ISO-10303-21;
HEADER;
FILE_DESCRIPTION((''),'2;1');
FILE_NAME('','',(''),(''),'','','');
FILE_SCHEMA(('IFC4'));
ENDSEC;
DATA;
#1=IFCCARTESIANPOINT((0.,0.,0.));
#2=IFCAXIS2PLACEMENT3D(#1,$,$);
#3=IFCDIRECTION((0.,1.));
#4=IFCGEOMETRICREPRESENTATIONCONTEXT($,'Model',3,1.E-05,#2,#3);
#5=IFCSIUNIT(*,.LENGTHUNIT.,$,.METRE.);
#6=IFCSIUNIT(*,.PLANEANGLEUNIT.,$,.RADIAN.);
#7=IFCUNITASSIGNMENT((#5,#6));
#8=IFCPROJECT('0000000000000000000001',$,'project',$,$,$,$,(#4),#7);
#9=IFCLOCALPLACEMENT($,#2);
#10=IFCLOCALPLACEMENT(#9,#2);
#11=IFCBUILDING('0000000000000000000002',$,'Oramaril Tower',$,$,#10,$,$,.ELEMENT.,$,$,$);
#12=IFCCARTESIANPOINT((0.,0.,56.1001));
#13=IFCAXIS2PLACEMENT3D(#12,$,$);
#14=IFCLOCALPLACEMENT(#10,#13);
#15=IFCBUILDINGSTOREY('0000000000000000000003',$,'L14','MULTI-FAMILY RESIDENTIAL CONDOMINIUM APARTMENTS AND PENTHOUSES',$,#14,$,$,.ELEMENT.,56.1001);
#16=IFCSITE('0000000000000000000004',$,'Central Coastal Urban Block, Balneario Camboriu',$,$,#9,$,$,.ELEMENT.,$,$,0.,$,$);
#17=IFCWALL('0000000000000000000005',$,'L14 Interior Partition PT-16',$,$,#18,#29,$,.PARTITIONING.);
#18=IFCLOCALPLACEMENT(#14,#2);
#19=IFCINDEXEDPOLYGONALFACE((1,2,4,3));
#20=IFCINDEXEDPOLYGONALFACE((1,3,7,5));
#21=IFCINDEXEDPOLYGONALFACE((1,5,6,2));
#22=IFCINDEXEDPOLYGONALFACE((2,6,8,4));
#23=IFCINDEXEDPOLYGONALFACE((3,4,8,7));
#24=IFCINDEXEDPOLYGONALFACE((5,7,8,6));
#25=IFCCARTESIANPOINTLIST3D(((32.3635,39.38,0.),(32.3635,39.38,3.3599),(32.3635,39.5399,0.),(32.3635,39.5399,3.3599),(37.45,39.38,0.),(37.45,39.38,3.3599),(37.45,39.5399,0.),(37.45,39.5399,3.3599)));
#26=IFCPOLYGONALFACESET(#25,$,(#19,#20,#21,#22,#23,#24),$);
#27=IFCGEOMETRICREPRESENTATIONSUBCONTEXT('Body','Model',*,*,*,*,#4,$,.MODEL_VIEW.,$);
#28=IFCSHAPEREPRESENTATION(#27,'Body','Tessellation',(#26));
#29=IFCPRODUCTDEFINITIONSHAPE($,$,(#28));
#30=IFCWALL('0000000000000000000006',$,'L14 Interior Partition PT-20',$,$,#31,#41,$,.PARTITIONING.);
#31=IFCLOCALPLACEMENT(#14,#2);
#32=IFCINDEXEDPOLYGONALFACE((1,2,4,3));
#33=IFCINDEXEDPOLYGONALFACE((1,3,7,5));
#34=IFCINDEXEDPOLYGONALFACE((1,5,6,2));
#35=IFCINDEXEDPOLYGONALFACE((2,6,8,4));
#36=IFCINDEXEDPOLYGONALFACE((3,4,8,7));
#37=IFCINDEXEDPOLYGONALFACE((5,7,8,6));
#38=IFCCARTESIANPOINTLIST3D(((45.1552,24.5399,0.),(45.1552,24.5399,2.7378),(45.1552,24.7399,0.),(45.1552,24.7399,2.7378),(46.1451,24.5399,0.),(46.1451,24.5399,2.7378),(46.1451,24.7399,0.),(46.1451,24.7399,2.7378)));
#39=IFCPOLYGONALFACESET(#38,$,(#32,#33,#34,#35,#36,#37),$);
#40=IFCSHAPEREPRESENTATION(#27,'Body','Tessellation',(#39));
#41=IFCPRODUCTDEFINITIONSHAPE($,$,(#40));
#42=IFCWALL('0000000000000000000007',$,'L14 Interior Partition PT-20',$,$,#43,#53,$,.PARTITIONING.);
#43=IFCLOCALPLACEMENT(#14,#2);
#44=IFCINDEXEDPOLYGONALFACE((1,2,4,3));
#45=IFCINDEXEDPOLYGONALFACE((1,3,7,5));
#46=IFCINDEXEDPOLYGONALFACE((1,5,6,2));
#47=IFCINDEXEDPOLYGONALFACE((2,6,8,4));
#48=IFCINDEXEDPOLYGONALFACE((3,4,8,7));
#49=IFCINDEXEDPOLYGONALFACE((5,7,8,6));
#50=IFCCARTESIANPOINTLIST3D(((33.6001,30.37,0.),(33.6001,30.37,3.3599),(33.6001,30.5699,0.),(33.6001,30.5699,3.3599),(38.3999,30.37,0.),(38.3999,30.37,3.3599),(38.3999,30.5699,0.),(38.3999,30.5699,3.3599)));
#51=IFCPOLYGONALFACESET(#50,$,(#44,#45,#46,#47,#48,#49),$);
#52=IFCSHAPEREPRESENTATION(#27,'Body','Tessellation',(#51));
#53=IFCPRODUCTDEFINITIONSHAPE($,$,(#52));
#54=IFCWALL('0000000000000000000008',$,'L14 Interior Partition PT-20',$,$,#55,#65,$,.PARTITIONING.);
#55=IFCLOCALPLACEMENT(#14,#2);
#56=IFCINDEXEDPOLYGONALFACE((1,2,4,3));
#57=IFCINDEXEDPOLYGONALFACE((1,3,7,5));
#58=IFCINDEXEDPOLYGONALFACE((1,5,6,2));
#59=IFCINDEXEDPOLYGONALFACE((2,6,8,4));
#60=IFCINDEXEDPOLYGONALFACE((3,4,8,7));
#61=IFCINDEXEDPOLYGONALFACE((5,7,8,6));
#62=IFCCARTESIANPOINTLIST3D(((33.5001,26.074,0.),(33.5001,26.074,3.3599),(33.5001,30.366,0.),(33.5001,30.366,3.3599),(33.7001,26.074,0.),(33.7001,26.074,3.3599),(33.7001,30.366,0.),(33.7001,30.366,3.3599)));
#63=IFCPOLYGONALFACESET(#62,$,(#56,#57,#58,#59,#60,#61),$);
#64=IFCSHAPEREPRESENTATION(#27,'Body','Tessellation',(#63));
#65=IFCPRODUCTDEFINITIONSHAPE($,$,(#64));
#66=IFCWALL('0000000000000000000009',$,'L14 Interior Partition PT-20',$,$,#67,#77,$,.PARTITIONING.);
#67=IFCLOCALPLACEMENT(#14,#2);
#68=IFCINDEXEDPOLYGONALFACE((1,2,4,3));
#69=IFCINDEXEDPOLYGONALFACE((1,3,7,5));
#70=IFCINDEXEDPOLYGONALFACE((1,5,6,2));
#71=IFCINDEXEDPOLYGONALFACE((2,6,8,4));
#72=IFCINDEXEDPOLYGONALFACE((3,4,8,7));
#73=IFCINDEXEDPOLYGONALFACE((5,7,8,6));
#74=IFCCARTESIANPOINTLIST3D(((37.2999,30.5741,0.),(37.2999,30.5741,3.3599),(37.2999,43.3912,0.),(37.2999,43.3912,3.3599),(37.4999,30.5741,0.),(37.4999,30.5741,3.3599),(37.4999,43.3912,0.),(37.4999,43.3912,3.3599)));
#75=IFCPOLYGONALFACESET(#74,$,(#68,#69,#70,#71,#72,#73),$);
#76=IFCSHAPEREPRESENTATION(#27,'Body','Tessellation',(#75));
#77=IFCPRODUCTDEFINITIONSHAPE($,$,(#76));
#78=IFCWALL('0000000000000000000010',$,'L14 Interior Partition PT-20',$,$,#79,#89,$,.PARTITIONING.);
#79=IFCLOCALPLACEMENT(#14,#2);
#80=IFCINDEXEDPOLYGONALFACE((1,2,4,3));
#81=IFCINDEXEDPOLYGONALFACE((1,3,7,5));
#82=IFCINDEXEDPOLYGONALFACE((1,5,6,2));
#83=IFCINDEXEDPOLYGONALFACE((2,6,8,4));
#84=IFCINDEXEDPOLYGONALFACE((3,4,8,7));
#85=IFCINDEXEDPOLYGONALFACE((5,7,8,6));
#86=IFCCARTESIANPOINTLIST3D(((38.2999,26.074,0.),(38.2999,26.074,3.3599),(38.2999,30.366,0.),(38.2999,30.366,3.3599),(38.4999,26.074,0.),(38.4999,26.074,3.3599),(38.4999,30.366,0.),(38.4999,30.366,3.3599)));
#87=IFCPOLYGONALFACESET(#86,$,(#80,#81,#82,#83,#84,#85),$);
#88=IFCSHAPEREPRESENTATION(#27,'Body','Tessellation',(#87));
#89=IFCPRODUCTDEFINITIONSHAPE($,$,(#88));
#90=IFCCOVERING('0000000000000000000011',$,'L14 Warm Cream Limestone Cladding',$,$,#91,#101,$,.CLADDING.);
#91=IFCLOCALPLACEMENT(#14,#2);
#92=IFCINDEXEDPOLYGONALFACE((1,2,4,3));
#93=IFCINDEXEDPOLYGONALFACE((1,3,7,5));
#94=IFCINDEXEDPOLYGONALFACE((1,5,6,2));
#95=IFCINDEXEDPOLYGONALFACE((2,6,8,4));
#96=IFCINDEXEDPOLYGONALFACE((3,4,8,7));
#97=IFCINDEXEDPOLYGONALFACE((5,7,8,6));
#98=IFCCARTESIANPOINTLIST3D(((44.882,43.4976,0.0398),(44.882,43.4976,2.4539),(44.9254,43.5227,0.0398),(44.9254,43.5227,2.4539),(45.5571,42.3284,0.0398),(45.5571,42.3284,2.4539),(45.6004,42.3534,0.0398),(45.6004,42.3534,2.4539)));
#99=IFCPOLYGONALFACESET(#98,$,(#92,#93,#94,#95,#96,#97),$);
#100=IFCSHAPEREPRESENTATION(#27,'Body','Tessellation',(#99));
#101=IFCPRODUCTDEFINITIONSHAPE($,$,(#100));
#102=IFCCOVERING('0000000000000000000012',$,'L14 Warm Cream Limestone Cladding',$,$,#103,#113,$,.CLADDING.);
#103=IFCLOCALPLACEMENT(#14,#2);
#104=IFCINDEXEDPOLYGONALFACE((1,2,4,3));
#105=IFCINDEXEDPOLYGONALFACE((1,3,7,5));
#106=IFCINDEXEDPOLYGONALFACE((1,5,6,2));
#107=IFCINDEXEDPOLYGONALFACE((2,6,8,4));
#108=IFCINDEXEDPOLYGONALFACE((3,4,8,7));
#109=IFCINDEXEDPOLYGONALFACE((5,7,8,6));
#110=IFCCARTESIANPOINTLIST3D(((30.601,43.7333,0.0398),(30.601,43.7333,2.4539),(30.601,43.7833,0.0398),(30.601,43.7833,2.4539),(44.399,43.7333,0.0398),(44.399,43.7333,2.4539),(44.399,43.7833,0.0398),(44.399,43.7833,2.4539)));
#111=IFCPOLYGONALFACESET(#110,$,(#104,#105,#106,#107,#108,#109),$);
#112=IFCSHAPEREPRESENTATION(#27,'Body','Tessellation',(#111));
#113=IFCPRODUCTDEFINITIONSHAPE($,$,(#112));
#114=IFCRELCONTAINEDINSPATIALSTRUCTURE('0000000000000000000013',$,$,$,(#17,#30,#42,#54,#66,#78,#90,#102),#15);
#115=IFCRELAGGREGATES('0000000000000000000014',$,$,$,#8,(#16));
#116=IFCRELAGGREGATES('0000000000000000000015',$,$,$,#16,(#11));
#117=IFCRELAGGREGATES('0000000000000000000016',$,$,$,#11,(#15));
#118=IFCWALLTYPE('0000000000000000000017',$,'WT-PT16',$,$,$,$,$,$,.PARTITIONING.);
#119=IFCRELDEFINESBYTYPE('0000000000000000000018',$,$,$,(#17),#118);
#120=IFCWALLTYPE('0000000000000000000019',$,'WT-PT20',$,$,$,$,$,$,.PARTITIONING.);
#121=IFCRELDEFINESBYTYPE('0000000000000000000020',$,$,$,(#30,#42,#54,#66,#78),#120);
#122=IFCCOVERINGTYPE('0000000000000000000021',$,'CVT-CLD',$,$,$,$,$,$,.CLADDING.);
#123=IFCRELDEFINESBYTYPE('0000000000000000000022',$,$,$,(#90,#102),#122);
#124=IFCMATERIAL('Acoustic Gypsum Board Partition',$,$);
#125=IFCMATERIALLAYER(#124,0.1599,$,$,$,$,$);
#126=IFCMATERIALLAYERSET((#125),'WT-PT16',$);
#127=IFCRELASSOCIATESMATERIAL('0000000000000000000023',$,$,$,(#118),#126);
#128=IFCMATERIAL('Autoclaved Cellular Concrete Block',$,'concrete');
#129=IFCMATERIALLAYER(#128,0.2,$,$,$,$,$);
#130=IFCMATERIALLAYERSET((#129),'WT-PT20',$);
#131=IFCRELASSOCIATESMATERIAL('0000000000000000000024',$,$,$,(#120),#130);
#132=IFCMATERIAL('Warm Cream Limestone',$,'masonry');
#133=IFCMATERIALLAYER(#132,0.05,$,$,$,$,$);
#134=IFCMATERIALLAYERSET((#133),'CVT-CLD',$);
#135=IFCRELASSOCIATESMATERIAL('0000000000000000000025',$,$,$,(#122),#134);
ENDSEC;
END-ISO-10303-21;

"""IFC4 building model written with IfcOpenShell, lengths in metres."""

from ifc_helpers import new_model, si_unit, direction, frame, frame_2d, origin, origin_2d, place, context, subcontext, project, spatial, rectangle, extrude, material, layer, layer_set, type_object, element, save


model = new_model("IFC4")

# Units and contexts
model_context = context("Model", 3, precision=1e-05, world=origin(), true_north=direction((0.0, 1.0)))
body_context = subcontext(model_context, "Body", "Model", "MODEL_VIEW")
ifc_project = project(units=[si_unit("LENGTHUNIT", "METRE"), si_unit("PLANEANGLEUNIT", "RADIAN")], contexts=[model_context])

# Site, building, storey
site_placement = place(None, origin())
site = spatial("IfcSite", under=ifc_project, at=site_placement, Name="Central Coastal Urban Block, Balneario Camboriu", CompositionType="ELEMENT", RefElevation=0.0)
building_placement = place(site_placement, origin())
building = spatial("IfcBuilding", under=site, at=building_placement, Name="Oramaril Tower", CompositionType="ELEMENT")
storey_placement = place(building_placement, frame((0.0, 0.0, 56.1001)))
storey = spatial("IfcBuildingStorey", under=building, at=storey_placement, Name="L14", Description="MULTI-FAMILY RESIDENTIAL CONDOMINIUM APARTMENTS AND PENTHOUSES", CompositionType="ELEMENT", Elevation=56.1001)

# Walls
ifc_material_1 = material(Name="Acoustic Gypsum Board Partition")
ifc_layer_1 = layer(ifc_material_1, 0.1599)
ifc_layer_set_1 = layer_set([ifc_layer_1], Name="WT-PT16")
wall_type_1 = type_object("IfcWallType", Name="WT-PT16", PredefinedType="PARTITIONING", material=ifc_layer_set_1)
wall_1_placement = place(storey_placement, frame((32.3635, 39.46, 0.0), z_axis=(0.0, 0.0, 1.0), x_axis=(1.0, 0.0, 0.0)))
element("IfcWall", 1, at=wall_1_placement, inside=storey, type_object=wall_type_1, Name="L14 Interior Partition PT-16", PredefinedType="PARTITIONING", context=body_context, shape_type="SweptSolid", body=[
    extrude(rectangle(XDim=5.0864, YDim=0.1599, at=frame_2d((2.5432, 0.0))), origin(), (0.0, 0.0, 1.0), 3.3599),
])
ifc_material_2 = material(Name="Autoclaved Cellular Concrete Block", Category="concrete")
ifc_layer_2 = layer(ifc_material_2, 0.2)
ifc_layer_set_2 = layer_set([ifc_layer_2], Name="WT-PT20")
wall_type_2 = type_object("IfcWallType", Name="WT-PT20", PredefinedType="PARTITIONING", material=ifc_layer_set_2)
wall_2_placement = place(storey_placement, frame((45.155, 24.6399, 0.0), z_axis=(0.0, 0.0, 1.0), x_axis=(1.0, 0.0, 0.0)))
element("IfcWall", 2, at=wall_2_placement, inside=storey, type_object=wall_type_2, Name="L14 Interior Partition PT-20", PredefinedType="PARTITIONING", context=body_context, shape_type="SweptSolid", body=[
    extrude(rectangle(XDim=0.99, YDim=0.2, at=frame_2d((0.4951, 0.0))), origin(), (0.0, 0.0, 1.0), 2.7378),
])
wall_3_placement = place(storey_placement, frame((33.6001, 30.47, 0.0), z_axis=(0.0, 0.0, 1.0), x_axis=(1.0, 0.0, 0.0)))
element("IfcWall", 3, at=wall_3_placement, inside=storey, type_object=wall_type_2, Name="L14 Interior Partition PT-20", PredefinedType="PARTITIONING", context=body_context, shape_type="SweptSolid", body=[
    extrude(rectangle(XDim=4.7998, YDim=0.2, at=frame_2d((2.3999, 0.0))), origin(), (0.0, 0.0, 1.0), 3.3599),
])
wall_4_placement = place(storey_placement, frame((33.6001, 26.074, 0.0), z_axis=(0.0, 0.0, 1.0), x_axis=(0.0, 1.0, 0.0)))
element("IfcWall", 4, at=wall_4_placement, inside=storey, type_object=wall_type_2, Name="L14 Interior Partition PT-20", PredefinedType="PARTITIONING", context=body_context, shape_type="SweptSolid", body=[
    extrude(rectangle(XDim=4.292, YDim=0.2, at=frame_2d((2.146, 0.0))), origin(), (0.0, 0.0, 1.0), 3.3599),
])
wall_5_placement = place(storey_placement, frame((37.3999, 30.574, 0.0), z_axis=(0.0, 0.0, 1.0), x_axis=(0.0, 1.0, 0.0)))
element("IfcWall", 5, at=wall_5_placement, inside=storey, type_object=wall_type_2, Name="L14 Interior Partition PT-20", PredefinedType="PARTITIONING", context=body_context, shape_type="SweptSolid", body=[
    extrude(rectangle(XDim=12.8171, YDim=0.2, at=frame_2d((6.4087, 0.0))), origin(), (0.0, 0.0, 1.0), 3.3599),
])
wall_6_placement = place(storey_placement, frame((38.3999, 26.074, 0.0), z_axis=(0.0, 0.0, 1.0), x_axis=(0.0, 1.0, 0.0)))
element("IfcWall", 6, at=wall_6_placement, inside=storey, type_object=wall_type_2, Name="L14 Interior Partition PT-20", PredefinedType="PARTITIONING", context=body_context, shape_type="SweptSolid", body=[
    extrude(rectangle(XDim=4.292, YDim=0.2, at=frame_2d((2.146, 0.0))), origin(), (0.0, 0.0, 1.0), 3.3599),
])

# Coverings
ifc_material_3 = material(Name="Warm Cream Limestone", Category="masonry")
ifc_layer_3 = layer(ifc_material_3, 0.05)
ifc_layer_set_3 = layer_set([ifc_layer_3], Name="CVT-CLD")
covering_type = type_object("IfcCoveringType", Name="CVT-CLD", PredefinedType="CLADDING", material=ifc_layer_set_3)
covering_1_placement = place(storey_placement, frame((45.2412, 42.9255, 0.0398), z_axis=(0.0, 0.0, 1.0), x_axis=(-0.499998, 0.866026, 0.0)))
element("IfcCovering", 7, at=covering_1_placement, inside=storey, type_object=covering_type, Name="L14 Warm Cream Limestone Cladding", PredefinedType="CLADDING", context=body_context, shape_type="SweptSolid", body=[
    extrude(rectangle(XDim=1.3501, YDim=0.05, at=origin_2d()), origin(), (0.0, 0.0, 1.0), 2.4141),
])
covering_2_placement = place(storey_placement, frame((37.5, 43.7583, 0.0398), z_axis=(0.0, 0.0, 1.0), x_axis=(-1.0, 0.0, 0.0)))
element("IfcCovering", 8, at=covering_2_placement, inside=storey, type_object=covering_type, Name="L14 Warm Cream Limestone Cladding", PredefinedType="CLADDING", context=body_context, shape_type="SweptSolid", body=[
    extrude(rectangle(XDim=13.7981, YDim=0.05, at=origin_2d()), origin(), (0.0, 0.0, 1.0), 2.4141),
])

save(model, "model.ifc")
